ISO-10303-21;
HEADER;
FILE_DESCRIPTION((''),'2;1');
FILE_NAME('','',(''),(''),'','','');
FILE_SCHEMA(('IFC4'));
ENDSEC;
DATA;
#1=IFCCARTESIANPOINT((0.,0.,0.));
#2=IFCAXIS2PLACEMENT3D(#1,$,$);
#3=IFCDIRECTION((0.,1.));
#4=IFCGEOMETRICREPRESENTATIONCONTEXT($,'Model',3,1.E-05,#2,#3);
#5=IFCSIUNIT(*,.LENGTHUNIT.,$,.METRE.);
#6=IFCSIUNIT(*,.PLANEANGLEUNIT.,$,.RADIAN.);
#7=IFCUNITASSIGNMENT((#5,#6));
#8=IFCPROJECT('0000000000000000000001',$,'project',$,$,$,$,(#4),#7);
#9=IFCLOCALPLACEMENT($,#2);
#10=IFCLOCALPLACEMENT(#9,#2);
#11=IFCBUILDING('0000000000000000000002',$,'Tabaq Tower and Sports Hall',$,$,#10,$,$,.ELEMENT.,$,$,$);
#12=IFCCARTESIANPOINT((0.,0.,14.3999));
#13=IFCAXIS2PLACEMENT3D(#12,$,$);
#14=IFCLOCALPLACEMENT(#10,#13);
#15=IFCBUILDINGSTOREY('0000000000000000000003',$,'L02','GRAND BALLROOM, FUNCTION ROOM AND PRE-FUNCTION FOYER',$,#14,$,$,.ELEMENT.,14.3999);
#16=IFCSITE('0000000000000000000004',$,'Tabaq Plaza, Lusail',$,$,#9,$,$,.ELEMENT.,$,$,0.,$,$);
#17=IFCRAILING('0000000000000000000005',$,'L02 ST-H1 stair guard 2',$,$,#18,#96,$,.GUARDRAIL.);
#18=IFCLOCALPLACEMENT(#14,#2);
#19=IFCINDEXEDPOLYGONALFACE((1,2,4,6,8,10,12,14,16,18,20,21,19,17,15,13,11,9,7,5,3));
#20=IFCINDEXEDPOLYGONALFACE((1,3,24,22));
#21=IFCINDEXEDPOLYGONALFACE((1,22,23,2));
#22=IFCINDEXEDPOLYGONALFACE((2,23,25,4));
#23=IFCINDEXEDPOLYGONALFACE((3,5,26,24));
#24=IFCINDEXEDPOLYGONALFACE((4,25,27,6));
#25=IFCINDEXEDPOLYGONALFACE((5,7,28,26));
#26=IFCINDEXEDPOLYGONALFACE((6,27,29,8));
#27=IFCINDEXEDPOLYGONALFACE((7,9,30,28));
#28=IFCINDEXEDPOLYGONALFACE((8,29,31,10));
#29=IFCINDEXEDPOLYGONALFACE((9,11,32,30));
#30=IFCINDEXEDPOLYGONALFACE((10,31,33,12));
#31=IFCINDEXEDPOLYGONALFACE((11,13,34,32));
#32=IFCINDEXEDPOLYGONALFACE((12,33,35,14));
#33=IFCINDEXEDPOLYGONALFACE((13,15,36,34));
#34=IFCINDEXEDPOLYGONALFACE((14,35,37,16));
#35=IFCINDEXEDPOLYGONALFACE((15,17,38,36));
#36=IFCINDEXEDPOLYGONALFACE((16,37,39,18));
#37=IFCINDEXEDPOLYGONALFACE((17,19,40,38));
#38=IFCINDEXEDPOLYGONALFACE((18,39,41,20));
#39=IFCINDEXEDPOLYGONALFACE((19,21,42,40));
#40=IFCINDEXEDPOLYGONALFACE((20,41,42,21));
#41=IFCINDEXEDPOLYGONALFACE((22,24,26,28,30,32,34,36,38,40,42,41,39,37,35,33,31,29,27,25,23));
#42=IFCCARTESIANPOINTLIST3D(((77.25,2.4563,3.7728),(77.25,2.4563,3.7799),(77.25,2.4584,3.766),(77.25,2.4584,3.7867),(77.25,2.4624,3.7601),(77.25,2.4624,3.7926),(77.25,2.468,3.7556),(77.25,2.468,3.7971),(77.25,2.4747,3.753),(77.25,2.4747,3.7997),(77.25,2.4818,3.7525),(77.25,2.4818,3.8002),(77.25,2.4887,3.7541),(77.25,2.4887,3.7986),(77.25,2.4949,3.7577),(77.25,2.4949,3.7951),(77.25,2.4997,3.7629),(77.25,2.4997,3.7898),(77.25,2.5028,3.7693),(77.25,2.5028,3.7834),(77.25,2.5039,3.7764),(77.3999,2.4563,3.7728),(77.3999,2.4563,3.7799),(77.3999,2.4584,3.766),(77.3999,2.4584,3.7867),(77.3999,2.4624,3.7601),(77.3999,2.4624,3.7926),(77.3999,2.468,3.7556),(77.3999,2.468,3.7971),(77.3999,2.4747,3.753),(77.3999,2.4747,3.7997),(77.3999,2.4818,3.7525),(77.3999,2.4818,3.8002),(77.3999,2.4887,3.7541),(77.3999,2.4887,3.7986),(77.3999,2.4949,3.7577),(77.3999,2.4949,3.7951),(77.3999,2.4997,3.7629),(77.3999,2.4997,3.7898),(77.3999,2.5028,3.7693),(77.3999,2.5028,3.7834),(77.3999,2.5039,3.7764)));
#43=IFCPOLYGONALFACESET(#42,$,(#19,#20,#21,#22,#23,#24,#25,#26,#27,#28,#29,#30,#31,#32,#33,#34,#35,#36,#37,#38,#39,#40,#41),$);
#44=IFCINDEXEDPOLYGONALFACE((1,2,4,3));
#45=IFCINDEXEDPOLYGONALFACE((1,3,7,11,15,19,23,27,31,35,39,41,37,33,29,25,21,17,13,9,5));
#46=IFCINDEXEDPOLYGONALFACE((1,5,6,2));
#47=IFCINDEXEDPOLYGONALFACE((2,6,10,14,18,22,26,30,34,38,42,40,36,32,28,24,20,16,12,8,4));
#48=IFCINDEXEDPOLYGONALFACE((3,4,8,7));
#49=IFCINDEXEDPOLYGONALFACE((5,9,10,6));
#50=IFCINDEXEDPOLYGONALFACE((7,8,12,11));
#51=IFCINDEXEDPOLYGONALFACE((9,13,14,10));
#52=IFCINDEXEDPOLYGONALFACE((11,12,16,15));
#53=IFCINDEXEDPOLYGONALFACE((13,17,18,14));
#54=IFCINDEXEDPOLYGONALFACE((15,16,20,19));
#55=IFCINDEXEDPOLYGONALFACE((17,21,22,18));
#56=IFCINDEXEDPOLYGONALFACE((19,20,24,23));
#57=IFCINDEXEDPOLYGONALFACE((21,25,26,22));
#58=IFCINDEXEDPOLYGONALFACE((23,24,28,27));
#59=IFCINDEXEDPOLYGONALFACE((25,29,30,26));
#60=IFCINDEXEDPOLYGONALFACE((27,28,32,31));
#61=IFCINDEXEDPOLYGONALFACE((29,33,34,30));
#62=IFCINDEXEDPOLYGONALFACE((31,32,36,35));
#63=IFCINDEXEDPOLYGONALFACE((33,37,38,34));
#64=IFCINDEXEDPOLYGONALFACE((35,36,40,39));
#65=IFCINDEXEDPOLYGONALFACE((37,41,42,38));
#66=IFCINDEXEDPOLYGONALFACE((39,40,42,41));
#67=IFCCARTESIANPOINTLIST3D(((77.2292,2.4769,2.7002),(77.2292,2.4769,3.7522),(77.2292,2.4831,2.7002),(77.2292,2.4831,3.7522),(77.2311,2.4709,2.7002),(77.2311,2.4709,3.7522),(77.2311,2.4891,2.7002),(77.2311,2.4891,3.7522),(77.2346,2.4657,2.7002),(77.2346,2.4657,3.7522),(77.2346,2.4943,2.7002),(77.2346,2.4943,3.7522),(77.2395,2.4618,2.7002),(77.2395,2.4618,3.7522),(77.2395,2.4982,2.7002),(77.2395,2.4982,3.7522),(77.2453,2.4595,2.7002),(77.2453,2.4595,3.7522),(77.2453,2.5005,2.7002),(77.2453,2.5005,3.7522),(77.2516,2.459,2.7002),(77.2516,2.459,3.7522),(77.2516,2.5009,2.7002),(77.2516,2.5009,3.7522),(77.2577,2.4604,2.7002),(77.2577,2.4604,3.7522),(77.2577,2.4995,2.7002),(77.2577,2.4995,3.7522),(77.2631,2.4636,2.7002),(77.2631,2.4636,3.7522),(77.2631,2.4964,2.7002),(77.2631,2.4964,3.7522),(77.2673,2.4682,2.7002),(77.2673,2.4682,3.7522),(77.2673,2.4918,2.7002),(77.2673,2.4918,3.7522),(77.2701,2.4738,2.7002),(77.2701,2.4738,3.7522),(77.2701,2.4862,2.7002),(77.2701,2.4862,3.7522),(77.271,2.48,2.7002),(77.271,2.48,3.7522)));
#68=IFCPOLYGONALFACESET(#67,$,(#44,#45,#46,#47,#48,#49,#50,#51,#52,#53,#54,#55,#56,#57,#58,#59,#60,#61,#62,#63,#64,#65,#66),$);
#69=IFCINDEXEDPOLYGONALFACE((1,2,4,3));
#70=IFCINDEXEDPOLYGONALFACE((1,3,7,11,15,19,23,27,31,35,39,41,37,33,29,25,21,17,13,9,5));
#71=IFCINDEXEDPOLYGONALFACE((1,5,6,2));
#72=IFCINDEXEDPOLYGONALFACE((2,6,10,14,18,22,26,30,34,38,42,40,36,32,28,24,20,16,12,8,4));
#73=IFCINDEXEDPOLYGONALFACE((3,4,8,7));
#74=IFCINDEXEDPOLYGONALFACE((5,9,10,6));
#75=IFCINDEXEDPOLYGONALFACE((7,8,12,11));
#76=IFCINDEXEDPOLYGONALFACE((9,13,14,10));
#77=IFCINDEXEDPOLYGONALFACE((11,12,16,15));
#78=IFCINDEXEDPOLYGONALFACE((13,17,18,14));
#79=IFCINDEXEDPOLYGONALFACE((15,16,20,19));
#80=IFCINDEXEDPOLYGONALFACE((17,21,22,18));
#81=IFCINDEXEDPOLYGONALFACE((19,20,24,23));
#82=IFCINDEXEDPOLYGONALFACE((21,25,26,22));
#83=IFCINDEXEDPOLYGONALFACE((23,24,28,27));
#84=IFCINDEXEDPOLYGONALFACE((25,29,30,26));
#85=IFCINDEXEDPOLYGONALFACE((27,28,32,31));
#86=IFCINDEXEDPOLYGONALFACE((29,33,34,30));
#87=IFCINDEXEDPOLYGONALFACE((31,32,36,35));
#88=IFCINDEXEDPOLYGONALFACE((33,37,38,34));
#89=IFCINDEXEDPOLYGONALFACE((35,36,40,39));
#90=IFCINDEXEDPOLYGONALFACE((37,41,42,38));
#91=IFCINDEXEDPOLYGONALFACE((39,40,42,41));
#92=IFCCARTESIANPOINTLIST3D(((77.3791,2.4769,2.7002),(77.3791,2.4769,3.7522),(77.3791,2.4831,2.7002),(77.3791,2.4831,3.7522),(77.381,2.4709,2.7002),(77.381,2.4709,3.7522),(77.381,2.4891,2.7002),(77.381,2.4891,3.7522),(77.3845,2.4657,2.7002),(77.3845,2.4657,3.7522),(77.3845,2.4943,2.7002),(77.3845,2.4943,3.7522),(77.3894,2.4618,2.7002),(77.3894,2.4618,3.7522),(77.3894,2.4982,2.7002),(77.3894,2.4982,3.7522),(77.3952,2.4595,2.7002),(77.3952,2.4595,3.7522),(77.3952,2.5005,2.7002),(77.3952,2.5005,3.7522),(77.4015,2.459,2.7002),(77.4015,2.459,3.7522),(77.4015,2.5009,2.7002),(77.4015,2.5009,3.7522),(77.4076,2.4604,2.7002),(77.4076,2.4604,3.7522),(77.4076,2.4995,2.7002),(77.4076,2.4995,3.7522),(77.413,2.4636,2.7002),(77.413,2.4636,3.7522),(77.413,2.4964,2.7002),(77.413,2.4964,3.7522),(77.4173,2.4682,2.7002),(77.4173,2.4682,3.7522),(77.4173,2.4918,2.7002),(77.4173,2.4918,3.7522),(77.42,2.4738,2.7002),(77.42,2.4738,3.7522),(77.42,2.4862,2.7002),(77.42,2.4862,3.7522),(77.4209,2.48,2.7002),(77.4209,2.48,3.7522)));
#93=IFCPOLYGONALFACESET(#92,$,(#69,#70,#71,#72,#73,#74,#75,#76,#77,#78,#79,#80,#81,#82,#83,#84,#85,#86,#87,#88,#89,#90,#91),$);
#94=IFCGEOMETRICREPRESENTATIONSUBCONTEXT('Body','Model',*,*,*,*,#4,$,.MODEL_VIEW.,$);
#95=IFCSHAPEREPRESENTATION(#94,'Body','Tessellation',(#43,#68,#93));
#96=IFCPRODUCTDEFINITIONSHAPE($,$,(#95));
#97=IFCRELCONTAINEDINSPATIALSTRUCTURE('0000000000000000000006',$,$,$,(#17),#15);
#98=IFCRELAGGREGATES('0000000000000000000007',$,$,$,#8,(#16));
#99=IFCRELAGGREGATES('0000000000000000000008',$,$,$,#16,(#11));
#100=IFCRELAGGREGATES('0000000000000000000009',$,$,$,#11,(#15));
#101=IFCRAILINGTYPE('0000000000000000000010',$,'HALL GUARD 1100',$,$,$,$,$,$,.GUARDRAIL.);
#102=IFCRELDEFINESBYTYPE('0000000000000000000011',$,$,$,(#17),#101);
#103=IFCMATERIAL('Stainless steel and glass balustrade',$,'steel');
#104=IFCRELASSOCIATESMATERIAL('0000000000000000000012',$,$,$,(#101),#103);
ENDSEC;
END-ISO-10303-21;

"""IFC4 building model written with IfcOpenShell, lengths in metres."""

from ifc_helpers import new_model, si_unit, direction, frame, origin, origin_2d, place, context, subcontext, project, spatial, circle, extrude, material, type_object, element, save


model = new_model("IFC4")

# Units and contexts
model_context = context("Model", 3, precision=1e-05, world=origin(), true_north=direction((0.0, 1.0)))
body_context = subcontext(model_context, "Body", "Model", "MODEL_VIEW")
ifc_project = project(units=[si_unit("LENGTHUNIT", "METRE"), si_unit("PLANEANGLEUNIT", "RADIAN")], contexts=[model_context])

# Site, building, storey
site_placement = place(None, origin())
site = spatial("IfcSite", under=ifc_project, at=site_placement, Name="Tabaq Plaza, Lusail", CompositionType="ELEMENT", RefElevation=0.0)
building_placement = place(site_placement, origin())
building = spatial("IfcBuilding", under=site, at=building_placement, Name="Tabaq Tower and Sports Hall", CompositionType="ELEMENT")
storey_placement = place(building_placement, frame((0.0, 0.0, 14.3999)))
storey = spatial("IfcBuildingStorey", under=building, at=storey_placement, Name="L02", Description="GRAND BALLROOM, FUNCTION ROOM AND PRE-FUNCTION FOYER", CompositionType="ELEMENT", Elevation=14.3999)

# Railing
ifc_material_1 = material(Name="Stainless steel and glass balustrade", Category="steel")
railing_type_1 = type_object("IfcRailingType", Name="HALL GUARD 1100", PredefinedType="GUARDRAIL", material=ifc_material_1)
railing_1_placement = place(storey_placement, frame((77.25, 2.48, 2.7002)))
element("IfcRailing", 1, at=railing_1_placement, inside=storey, type_object=railing_type_1, Name="L02 ST-H1 stair guard 2", PredefinedType="GUARDRAIL", context=body_context, shape_type="SweptSolid", body=[
    extrude(circle(Radius=0.0239, at=origin_2d()), frame((0.0, 0.0, 1.0762), z_axis=(1.0, 0.0, 0.0), x_axis=(0.0, 1.0, 0.0)), (0.0, 0.0, 1.0), 0.1499),
    extrude(circle(Radius=0.021, at=origin_2d()), origin(), (0.0, 0.0, 1.0), 1.052),
    extrude(circle(Radius=0.021, at=origin_2d()), frame((0.1499, 0.0, 0.0)), (0.0, 0.0, 1.0), 1.052),
])

save(model, "model.ifc")
